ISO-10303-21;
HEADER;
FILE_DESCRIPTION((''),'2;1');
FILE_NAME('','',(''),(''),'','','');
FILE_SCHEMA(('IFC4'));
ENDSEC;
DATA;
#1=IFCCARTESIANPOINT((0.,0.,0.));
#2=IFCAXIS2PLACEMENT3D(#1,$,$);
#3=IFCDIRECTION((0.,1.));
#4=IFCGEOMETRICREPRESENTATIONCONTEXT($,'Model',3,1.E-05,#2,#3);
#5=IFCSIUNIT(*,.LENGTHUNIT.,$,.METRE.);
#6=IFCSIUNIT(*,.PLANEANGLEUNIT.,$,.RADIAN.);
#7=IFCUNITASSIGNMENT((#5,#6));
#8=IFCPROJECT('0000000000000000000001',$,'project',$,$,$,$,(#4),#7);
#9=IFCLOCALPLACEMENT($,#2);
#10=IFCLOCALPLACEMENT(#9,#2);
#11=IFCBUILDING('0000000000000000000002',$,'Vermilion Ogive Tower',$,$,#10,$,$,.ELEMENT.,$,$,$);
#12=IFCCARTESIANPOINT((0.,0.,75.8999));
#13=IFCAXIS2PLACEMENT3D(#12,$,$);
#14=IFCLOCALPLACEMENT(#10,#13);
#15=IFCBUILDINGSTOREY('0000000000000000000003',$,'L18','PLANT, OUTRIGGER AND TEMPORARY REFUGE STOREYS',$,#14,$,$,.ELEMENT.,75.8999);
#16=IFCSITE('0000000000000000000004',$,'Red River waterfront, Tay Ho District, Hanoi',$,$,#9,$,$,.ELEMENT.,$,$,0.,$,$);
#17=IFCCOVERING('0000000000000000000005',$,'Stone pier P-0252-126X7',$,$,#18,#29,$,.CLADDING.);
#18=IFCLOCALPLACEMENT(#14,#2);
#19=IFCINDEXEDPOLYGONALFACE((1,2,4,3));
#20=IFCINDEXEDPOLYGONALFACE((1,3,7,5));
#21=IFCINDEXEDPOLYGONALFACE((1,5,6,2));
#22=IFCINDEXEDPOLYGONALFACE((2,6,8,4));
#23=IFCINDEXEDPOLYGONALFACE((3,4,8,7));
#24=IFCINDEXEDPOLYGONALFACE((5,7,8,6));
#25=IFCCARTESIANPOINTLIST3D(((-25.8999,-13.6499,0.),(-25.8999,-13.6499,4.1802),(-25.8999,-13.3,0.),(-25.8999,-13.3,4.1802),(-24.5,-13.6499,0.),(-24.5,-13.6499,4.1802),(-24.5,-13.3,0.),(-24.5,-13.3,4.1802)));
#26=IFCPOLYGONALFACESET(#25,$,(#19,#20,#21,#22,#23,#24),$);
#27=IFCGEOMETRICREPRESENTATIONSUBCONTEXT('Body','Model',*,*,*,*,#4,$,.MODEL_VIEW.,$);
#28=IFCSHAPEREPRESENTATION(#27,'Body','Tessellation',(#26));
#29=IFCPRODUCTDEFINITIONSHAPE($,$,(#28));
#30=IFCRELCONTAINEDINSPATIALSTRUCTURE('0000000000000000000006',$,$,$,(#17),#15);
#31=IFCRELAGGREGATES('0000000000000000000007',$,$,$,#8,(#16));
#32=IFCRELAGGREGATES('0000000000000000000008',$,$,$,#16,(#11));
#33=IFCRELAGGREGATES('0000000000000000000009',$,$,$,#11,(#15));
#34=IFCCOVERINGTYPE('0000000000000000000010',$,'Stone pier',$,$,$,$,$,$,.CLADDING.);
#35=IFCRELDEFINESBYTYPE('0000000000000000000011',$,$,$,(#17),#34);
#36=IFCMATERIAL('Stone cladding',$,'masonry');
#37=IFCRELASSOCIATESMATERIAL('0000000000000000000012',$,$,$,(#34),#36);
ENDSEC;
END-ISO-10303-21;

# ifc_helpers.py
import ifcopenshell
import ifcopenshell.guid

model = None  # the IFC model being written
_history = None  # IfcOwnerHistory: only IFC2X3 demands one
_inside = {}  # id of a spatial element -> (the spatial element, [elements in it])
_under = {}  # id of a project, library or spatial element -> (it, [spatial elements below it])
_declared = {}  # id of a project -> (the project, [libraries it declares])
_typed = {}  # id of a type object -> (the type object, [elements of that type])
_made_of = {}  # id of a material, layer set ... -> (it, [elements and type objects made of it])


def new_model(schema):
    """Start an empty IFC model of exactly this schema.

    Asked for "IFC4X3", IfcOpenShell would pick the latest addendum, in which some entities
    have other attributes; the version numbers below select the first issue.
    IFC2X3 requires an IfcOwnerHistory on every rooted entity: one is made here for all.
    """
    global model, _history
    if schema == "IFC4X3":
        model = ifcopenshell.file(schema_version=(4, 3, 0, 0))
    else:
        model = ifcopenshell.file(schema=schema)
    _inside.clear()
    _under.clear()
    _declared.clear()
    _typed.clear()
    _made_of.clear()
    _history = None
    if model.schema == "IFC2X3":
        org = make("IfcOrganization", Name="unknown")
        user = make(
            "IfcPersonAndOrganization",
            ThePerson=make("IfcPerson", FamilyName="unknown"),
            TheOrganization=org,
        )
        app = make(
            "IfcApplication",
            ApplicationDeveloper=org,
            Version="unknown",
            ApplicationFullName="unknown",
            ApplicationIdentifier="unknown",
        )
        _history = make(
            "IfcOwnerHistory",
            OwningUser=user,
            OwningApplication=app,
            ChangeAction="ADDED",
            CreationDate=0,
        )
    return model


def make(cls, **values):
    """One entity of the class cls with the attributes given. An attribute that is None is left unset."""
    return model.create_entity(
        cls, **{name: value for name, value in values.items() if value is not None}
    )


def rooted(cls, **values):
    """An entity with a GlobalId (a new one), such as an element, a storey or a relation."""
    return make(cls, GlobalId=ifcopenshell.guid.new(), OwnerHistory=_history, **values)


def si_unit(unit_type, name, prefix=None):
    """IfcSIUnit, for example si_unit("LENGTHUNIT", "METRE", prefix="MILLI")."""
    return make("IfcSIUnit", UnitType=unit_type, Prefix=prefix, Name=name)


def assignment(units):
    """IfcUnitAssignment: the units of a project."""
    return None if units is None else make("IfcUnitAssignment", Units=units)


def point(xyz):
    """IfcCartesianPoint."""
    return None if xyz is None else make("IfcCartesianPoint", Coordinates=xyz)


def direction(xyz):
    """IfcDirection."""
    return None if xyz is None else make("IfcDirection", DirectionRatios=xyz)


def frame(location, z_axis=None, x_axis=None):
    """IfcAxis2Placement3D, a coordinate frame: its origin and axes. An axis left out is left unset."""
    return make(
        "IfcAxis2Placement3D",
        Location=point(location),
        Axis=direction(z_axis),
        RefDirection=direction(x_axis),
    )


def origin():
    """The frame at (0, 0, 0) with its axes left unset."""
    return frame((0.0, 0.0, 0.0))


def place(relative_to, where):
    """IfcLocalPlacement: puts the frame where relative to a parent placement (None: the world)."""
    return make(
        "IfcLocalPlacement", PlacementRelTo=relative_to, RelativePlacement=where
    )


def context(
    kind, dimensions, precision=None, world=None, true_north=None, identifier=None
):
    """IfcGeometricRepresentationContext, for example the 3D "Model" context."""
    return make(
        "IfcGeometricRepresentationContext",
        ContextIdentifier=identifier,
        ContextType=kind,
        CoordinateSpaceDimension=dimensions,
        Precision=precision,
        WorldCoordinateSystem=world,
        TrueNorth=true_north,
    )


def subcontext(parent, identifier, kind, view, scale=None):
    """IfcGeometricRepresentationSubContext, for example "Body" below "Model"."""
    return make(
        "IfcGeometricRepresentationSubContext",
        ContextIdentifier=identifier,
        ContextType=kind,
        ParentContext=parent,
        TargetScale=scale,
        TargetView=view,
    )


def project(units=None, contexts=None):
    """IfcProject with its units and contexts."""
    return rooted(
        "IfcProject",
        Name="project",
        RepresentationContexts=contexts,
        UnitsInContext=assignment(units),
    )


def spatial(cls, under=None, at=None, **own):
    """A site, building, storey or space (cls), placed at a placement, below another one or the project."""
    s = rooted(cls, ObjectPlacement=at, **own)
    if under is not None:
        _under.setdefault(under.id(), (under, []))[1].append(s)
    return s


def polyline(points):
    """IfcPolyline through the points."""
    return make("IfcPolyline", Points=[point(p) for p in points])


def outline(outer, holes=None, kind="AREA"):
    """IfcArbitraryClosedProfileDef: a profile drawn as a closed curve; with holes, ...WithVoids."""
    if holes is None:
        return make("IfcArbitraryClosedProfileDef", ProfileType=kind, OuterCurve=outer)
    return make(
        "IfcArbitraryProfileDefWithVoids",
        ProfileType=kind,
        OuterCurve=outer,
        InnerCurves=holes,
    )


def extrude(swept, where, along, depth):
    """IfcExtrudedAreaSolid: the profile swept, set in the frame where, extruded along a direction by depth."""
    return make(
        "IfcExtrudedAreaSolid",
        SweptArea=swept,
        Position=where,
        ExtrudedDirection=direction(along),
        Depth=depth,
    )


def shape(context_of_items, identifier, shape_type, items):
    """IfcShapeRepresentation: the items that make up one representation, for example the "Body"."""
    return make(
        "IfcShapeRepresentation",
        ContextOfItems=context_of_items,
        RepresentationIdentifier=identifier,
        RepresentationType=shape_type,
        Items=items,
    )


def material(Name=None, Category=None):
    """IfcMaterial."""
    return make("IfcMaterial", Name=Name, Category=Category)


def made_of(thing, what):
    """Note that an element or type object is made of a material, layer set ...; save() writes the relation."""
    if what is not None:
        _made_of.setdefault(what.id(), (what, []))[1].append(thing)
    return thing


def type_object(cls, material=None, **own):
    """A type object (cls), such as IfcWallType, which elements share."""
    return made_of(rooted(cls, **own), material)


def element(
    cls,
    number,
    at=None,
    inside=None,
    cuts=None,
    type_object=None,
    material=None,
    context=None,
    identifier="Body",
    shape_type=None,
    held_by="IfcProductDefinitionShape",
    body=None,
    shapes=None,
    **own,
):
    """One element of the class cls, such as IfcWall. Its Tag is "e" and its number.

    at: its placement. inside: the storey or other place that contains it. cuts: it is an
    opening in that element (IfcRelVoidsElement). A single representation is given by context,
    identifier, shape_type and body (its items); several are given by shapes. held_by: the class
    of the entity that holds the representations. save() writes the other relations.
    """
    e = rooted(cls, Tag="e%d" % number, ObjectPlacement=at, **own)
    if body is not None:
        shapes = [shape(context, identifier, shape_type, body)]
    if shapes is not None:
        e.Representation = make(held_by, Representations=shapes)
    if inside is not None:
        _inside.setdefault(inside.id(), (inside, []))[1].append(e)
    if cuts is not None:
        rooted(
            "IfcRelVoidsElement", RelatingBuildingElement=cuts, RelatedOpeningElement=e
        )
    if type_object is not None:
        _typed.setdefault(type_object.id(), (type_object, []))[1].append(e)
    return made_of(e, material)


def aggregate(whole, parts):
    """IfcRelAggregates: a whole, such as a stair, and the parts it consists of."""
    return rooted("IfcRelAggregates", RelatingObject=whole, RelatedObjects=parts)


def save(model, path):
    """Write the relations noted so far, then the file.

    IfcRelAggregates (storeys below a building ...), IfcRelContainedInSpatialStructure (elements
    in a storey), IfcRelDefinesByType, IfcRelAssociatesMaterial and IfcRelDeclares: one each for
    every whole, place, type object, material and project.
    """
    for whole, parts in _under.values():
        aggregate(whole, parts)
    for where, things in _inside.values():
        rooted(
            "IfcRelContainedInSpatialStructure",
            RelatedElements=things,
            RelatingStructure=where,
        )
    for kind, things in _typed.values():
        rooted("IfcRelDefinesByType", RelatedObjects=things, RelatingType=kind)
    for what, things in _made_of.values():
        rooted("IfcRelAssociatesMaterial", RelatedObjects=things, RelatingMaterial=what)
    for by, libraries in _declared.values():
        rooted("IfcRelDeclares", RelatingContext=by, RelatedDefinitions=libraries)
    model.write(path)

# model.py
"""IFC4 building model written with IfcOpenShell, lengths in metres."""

from ifc_helpers import new_model, si_unit, direction, frame, origin, place, context, subcontext, project, spatial, polyline, outline, extrude, material, type_object, element, save


model = new_model("IFC4")

# Units and contexts
model_context = context("Model", 3, precision=1e-05, world=origin(), true_north=direction((0.0, 1.0)))
body_context = subcontext(model_context, "Body", "Model", "MODEL_VIEW")
ifc_project = project(units=[si_unit("LENGTHUNIT", "METRE"), si_unit("PLANEANGLEUNIT", "RADIAN")], contexts=[model_context])

# Site, building, storey
site_placement = place(None, origin())
site = spatial("IfcSite", under=ifc_project, at=site_placement, Name="Red River waterfront, Tay Ho District, Hanoi", CompositionType="ELEMENT", RefElevation=0.0)
building_placement = place(site_placement, origin())
building = spatial("IfcBuilding", under=site, at=building_placement, Name="Vermilion Ogive Tower", CompositionType="ELEMENT")
storey_placement = place(building_placement, frame((0.0, 0.0, 75.8999)))
storey = spatial("IfcBuildingStorey", under=building, at=storey_placement, Name="L18", Description="PLANT, OUTRIGGER AND TEMPORARY REFUGE STOREYS", CompositionType="ELEMENT", Elevation=75.8999)

# Covering
ifc_material_1 = material(Name="Stone cladding", Category="masonry")
covering_type = type_object("IfcCoveringType", Name="Stone pier", PredefinedType="CLADDING", material=ifc_material_1)
covering_1_placement = place(storey_placement, origin())
element("IfcCovering", 1, at=covering_1_placement, inside=storey, type_object=covering_type, Name="Stone pier P-0252-126X7", PredefinedType="CLADDING", context=body_context, shape_type="SweptSolid", body=[
    extrude(outline(polyline([(-25.8999, -13.6499), (-25.8999, -13.3), (-24.5, -13.3), (-24.5, -13.6499), (-25.8999, -13.6499)])), origin(), (0.0, 0.0, 1.0), 4.1802),
])

save(model, "model.ifc")
